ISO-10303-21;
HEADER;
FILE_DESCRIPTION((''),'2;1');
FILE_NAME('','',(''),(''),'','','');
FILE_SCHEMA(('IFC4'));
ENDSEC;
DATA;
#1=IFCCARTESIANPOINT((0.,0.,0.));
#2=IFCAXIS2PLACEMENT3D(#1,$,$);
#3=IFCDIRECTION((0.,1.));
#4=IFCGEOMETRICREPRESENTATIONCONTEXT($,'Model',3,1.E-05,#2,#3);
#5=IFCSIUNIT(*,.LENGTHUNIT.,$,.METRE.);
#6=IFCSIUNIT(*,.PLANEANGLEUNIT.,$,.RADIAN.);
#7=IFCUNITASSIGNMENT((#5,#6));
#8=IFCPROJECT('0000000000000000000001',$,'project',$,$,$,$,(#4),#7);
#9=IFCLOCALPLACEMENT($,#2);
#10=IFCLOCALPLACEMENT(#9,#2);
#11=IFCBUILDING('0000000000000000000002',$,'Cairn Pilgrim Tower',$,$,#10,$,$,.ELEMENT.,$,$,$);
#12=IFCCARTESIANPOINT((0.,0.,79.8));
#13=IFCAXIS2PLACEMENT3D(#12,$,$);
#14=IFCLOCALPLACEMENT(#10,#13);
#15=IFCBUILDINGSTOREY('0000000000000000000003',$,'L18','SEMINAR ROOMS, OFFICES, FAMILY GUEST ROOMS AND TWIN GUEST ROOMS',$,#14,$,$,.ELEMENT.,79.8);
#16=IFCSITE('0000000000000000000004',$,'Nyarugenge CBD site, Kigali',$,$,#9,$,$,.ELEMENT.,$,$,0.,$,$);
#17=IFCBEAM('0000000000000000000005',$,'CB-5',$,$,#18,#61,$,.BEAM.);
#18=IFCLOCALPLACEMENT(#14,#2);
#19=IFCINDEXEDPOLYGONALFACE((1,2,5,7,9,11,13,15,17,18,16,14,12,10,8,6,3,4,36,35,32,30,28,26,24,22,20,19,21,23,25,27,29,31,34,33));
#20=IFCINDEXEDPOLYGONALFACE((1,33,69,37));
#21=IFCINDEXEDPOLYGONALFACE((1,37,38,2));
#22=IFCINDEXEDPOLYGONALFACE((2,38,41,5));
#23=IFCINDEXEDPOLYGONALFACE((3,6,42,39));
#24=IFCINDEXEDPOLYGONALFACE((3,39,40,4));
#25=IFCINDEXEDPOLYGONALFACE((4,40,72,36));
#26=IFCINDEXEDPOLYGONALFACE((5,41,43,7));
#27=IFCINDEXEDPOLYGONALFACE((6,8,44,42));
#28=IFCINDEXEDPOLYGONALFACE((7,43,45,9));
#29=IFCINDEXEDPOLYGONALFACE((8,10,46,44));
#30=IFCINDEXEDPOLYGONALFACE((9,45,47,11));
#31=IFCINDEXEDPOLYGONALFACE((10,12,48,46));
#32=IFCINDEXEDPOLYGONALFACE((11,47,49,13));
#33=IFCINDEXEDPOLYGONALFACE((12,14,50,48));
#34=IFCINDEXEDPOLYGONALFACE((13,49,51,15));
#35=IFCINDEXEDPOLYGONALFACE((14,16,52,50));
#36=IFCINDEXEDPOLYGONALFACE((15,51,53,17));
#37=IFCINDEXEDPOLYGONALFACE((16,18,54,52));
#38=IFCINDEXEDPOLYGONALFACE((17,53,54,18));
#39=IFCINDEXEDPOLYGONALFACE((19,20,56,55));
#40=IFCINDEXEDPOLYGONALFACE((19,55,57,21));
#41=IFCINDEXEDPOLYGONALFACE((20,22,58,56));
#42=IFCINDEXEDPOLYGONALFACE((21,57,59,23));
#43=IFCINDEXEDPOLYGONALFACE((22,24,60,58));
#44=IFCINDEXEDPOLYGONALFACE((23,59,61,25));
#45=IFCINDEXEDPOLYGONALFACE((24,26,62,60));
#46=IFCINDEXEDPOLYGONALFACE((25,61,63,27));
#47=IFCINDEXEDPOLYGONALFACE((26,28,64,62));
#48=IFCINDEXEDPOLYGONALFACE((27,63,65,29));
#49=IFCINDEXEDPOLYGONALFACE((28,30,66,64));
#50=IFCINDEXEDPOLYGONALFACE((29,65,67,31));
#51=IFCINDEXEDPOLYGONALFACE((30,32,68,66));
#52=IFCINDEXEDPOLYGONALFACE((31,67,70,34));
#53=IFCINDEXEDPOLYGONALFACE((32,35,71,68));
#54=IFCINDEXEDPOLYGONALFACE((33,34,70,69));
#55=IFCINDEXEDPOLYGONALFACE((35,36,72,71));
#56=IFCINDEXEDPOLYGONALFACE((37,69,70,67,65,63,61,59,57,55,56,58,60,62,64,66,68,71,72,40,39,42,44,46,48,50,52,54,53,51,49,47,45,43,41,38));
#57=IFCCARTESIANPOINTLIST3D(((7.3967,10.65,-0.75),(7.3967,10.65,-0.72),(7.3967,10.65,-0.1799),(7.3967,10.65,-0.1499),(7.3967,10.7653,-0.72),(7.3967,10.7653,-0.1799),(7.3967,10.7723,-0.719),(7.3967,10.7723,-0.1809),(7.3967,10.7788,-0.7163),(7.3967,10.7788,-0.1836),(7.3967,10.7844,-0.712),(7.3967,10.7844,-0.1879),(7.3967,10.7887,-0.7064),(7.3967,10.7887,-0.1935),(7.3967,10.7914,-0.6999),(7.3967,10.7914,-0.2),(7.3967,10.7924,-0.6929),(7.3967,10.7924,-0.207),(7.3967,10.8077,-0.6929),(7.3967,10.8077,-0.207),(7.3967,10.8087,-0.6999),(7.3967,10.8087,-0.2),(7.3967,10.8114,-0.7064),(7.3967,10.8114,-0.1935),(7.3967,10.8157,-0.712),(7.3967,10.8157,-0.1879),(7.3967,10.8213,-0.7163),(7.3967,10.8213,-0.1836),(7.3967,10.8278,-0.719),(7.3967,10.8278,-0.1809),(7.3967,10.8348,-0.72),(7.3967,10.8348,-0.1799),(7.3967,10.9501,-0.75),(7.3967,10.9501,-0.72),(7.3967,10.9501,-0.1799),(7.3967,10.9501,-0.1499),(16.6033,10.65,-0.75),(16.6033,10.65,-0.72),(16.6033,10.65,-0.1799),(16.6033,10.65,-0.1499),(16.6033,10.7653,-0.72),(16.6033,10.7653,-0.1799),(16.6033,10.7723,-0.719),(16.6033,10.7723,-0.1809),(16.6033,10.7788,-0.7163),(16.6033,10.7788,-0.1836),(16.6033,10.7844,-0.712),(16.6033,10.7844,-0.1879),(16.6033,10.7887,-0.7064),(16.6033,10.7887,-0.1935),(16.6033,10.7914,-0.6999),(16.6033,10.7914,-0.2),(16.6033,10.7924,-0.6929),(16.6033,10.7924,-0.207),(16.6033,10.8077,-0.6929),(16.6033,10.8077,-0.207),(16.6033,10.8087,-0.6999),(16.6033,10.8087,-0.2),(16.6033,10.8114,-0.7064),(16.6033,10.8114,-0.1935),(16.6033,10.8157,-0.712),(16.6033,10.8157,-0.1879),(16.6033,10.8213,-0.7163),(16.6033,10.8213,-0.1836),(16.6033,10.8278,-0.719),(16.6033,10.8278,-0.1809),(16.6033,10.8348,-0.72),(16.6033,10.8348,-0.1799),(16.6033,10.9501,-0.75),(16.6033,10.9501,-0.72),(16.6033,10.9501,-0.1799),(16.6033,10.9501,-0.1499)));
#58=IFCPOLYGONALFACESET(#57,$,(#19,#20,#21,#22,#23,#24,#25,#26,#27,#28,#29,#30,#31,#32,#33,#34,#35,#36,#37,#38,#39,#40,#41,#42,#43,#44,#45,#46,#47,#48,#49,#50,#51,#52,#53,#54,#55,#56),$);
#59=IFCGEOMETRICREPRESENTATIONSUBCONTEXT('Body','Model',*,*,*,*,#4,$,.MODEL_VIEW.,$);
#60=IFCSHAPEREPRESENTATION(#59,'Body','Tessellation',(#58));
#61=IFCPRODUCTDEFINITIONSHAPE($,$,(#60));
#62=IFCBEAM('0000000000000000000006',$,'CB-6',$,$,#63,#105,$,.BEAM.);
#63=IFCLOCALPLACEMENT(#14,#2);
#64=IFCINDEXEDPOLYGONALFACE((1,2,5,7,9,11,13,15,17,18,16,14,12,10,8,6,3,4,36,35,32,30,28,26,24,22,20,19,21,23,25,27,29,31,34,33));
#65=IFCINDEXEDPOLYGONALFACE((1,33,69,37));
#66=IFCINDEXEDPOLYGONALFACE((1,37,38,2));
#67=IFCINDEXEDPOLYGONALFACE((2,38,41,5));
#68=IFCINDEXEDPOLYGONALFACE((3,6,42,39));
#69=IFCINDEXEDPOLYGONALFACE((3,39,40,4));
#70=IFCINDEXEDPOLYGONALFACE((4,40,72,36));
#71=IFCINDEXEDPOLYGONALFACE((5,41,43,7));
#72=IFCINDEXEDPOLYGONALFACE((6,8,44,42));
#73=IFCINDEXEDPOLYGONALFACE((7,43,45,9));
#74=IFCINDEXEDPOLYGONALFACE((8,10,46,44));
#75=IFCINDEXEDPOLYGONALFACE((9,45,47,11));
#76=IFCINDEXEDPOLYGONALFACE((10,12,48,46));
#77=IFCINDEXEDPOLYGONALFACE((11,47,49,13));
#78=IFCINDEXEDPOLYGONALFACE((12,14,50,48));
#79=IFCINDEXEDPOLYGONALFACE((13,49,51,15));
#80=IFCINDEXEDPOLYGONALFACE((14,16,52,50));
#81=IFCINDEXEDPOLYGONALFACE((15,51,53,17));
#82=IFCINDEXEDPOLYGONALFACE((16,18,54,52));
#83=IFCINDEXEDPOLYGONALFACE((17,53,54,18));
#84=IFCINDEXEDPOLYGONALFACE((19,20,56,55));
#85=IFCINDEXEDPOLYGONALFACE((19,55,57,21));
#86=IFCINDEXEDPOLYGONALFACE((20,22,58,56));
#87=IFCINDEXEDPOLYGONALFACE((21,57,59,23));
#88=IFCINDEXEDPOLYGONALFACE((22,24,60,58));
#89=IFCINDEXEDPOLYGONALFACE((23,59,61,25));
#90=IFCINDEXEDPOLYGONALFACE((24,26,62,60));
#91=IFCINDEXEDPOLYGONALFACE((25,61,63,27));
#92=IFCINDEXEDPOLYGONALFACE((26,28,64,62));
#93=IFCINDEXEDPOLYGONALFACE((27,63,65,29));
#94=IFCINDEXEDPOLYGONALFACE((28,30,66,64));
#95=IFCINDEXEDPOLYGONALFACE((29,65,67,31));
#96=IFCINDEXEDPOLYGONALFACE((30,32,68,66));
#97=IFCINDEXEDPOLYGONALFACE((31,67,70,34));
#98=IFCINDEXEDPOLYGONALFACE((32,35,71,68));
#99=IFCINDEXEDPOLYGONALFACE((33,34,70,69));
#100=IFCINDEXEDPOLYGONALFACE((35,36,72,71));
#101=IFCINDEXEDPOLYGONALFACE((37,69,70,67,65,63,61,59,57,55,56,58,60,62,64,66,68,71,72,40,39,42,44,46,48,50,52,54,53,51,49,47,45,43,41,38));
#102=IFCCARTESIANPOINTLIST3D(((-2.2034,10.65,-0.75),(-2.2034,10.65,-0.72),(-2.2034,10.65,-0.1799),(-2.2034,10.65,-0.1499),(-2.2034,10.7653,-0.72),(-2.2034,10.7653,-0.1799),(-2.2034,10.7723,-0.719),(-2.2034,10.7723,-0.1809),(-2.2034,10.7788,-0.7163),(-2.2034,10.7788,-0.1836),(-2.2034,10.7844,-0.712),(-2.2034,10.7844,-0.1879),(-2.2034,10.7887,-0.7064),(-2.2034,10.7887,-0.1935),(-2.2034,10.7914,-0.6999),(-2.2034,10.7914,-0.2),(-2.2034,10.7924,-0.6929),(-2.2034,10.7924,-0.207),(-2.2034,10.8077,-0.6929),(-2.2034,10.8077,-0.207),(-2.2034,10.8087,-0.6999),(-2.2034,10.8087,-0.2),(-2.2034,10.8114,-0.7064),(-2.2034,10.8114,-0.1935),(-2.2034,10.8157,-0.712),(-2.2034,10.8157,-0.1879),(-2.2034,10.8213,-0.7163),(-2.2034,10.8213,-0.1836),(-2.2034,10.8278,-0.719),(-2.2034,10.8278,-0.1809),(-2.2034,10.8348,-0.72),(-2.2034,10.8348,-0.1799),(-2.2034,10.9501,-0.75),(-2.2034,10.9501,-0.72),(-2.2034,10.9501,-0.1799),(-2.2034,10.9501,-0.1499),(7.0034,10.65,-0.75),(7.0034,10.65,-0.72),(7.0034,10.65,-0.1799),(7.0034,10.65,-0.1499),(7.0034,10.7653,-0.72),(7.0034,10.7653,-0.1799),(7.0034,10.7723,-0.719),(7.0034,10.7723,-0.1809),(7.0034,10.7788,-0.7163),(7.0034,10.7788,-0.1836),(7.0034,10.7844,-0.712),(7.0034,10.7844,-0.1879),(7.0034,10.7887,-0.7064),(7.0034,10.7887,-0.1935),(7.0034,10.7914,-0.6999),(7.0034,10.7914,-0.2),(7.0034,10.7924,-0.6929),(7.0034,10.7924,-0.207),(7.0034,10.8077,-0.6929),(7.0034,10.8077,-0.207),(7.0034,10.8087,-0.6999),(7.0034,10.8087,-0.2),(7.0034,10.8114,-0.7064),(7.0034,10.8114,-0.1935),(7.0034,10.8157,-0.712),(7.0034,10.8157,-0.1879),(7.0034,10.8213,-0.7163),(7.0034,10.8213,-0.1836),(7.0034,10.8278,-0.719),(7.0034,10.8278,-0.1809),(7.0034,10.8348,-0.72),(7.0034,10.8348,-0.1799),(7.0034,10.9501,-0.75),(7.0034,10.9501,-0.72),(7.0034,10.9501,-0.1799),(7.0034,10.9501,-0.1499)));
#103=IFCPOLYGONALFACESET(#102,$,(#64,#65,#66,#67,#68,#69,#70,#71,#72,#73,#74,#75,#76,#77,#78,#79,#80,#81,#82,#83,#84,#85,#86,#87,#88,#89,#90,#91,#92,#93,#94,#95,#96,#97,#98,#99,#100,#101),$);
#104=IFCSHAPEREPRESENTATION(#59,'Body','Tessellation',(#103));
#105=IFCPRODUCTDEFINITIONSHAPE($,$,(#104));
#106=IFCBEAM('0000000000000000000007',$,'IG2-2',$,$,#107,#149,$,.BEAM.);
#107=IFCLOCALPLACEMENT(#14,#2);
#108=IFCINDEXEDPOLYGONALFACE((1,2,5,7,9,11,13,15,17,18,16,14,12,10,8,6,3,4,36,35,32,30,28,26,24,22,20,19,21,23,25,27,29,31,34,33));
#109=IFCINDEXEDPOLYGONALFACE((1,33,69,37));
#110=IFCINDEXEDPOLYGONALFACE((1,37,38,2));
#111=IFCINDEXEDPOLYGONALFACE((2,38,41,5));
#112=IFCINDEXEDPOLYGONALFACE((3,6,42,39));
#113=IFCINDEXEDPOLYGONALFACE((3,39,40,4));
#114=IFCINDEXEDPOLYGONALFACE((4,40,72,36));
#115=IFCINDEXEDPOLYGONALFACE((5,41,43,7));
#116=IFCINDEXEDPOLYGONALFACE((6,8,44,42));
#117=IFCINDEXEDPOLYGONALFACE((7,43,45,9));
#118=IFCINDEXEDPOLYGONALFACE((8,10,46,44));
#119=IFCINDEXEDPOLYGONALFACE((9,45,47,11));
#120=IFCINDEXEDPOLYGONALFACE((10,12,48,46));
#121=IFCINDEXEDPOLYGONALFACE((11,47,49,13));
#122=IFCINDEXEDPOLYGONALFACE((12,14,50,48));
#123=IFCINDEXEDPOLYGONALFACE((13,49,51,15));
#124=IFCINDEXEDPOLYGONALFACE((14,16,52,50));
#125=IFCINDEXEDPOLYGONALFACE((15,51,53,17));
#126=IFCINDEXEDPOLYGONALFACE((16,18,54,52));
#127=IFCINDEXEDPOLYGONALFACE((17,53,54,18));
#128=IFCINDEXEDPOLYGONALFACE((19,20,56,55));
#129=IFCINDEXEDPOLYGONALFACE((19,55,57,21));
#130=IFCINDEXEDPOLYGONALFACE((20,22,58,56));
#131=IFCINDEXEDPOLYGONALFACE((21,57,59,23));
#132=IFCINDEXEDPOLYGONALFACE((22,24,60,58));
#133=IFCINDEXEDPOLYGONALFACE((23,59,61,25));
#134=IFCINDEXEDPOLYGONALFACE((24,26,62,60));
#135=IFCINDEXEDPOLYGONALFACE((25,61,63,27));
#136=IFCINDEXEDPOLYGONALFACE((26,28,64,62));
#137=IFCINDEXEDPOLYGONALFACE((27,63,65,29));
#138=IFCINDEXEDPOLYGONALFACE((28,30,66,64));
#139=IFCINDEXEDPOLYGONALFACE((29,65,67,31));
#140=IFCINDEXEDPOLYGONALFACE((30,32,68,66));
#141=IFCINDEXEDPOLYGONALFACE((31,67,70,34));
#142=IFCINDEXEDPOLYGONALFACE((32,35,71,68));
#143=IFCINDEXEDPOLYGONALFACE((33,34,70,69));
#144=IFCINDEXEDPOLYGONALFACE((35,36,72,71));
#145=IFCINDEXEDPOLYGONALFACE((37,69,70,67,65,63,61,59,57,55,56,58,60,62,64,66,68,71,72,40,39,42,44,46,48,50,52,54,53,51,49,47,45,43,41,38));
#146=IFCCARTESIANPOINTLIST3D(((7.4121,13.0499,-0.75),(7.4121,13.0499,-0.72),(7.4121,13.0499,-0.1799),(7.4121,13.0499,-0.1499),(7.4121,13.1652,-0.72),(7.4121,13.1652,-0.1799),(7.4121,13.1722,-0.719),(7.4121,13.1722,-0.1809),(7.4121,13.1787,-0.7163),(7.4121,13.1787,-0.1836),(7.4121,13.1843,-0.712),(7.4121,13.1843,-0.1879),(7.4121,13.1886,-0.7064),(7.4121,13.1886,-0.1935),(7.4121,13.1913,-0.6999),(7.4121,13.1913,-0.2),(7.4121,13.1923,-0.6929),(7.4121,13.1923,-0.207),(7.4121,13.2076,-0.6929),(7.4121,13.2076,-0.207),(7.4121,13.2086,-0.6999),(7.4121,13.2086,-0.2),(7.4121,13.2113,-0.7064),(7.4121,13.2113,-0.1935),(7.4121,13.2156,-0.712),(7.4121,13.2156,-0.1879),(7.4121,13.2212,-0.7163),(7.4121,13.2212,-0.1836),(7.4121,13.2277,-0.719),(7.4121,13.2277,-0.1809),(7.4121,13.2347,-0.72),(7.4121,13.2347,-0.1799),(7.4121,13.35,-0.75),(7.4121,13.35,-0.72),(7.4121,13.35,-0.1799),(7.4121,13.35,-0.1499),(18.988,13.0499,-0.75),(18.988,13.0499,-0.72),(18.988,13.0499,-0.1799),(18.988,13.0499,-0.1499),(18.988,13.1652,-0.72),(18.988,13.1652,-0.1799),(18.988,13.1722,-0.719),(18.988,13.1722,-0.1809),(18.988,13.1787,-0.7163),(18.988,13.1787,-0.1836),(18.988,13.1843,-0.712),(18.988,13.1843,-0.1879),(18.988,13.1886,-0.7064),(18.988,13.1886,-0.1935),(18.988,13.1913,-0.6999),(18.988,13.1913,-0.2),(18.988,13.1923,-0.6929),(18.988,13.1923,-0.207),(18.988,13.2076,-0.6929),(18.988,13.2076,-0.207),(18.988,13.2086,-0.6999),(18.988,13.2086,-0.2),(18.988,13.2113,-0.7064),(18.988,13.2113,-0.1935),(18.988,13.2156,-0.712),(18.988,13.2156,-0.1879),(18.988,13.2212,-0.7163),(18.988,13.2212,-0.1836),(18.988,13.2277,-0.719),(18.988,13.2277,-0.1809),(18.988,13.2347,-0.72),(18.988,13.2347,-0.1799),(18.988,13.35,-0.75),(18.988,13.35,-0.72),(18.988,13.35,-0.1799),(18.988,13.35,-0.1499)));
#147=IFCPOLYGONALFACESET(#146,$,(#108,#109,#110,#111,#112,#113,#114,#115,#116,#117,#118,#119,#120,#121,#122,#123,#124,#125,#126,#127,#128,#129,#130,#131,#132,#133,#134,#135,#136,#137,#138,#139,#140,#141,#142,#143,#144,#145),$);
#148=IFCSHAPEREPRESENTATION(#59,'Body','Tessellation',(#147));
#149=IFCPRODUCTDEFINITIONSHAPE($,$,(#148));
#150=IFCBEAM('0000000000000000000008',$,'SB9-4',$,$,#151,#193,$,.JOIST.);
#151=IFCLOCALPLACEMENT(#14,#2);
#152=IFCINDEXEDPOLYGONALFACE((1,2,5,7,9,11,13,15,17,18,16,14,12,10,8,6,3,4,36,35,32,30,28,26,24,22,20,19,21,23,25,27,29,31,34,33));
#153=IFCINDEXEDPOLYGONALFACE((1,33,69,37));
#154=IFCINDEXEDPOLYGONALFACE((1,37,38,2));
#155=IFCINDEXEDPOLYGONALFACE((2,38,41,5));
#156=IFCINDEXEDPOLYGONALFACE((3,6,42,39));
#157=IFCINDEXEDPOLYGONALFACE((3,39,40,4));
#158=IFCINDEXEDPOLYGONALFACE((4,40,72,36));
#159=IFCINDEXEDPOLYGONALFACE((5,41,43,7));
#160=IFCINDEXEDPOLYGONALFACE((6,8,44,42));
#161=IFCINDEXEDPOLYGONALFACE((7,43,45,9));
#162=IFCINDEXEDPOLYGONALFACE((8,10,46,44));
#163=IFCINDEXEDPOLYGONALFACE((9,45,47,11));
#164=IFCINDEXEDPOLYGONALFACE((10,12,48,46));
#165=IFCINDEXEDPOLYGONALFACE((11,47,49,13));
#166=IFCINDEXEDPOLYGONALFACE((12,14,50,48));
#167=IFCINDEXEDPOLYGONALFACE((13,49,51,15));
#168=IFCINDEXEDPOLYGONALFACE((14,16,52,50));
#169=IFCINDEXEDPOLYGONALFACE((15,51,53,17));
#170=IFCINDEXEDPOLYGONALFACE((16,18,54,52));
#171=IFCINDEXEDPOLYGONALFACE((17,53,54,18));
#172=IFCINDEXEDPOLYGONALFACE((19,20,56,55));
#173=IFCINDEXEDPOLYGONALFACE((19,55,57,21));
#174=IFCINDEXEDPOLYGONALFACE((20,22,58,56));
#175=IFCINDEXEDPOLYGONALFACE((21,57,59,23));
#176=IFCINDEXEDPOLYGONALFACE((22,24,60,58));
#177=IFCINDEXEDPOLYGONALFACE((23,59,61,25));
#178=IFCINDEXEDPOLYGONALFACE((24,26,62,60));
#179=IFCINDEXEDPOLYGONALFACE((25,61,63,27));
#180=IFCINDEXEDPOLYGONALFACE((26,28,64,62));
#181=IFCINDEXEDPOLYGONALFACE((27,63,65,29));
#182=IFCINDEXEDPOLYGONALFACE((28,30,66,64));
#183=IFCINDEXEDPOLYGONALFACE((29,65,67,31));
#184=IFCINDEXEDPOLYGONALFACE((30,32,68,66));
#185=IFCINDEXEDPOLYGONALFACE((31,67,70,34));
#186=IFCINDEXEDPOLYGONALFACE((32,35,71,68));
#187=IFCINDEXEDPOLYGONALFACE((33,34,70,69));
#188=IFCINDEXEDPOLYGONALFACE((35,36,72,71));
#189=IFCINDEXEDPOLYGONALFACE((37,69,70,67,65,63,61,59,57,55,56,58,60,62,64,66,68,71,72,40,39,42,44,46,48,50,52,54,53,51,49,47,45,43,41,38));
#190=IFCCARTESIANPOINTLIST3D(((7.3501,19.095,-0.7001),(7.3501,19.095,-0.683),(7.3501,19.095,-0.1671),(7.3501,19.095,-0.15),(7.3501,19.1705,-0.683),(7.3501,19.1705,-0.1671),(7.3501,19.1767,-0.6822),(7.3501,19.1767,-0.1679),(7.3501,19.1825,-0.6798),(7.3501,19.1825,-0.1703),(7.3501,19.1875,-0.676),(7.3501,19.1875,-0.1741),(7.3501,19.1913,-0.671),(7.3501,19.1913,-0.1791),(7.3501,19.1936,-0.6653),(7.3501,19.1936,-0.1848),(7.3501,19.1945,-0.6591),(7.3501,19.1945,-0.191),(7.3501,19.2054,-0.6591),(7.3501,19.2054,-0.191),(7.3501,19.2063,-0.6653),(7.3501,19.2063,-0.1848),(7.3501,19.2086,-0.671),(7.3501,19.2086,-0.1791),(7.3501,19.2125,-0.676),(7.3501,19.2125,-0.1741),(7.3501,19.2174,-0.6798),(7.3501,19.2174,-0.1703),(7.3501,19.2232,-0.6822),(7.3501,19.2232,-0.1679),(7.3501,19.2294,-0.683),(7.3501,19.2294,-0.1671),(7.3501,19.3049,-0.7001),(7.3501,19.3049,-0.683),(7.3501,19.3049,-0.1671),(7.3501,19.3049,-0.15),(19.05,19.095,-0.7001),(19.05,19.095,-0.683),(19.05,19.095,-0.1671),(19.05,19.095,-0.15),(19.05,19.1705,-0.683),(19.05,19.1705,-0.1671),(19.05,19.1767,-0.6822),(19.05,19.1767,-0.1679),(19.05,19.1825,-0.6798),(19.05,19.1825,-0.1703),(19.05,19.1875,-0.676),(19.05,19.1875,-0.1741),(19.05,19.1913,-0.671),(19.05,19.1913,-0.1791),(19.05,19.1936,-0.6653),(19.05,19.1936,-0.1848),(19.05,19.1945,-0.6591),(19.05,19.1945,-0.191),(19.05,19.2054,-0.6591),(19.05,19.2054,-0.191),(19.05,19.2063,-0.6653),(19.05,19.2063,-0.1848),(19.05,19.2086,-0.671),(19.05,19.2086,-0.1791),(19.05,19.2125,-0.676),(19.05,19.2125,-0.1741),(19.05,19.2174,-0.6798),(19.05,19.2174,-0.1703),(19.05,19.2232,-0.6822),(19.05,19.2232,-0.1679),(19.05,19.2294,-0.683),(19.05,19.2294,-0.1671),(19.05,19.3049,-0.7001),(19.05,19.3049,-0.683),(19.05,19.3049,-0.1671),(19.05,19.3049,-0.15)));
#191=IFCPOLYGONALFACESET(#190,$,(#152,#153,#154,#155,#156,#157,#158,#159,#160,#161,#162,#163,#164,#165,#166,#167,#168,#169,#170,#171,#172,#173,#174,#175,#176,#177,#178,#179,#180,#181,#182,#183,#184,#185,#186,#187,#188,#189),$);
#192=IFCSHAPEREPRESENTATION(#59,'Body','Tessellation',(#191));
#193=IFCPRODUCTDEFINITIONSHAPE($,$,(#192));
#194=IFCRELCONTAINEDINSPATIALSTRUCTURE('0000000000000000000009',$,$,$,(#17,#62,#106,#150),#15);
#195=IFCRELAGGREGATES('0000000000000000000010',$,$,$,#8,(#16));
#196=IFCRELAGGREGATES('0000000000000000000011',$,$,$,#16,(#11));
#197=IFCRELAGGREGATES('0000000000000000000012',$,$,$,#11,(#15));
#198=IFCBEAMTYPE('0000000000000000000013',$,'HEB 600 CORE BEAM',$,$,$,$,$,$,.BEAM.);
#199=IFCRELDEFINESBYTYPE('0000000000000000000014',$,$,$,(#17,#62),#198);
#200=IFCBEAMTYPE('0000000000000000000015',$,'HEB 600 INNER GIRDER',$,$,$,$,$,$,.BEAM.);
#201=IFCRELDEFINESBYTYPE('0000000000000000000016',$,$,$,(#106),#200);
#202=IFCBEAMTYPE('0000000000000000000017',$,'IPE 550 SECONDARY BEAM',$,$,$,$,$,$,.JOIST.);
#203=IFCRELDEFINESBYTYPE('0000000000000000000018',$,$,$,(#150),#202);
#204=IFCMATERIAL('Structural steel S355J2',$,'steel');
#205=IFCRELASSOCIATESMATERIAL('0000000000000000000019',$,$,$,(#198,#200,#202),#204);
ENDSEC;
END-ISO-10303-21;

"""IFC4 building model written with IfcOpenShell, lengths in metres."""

from ifc_helpers import new_model, si_unit, direction, frame, origin, origin_2d, place, context, subcontext, project, spatial, i_section, extrude, material, material_profile, profile_set, type_object, element, save


model = new_model("IFC4")

# Units and contexts
model_context = context("Model", 3, precision=1e-05, world=origin(), true_north=direction((0.0, 1.0)))
body_context = subcontext(model_context, "Body", "Model", "MODEL_VIEW")
ifc_project = project(units=[si_unit("LENGTHUNIT", "METRE"), si_unit("PLANEANGLEUNIT", "RADIAN")], contexts=[model_context])

# Site, building, storey
site_placement = place(None, origin())
site = spatial("IfcSite", under=ifc_project, at=site_placement, Name="Nyarugenge CBD site, Kigali", CompositionType="ELEMENT", RefElevation=0.0)
building_placement = place(site_placement, origin())
building = spatial("IfcBuilding", under=site, at=building_placement, Name="Cairn Pilgrim Tower", CompositionType="ELEMENT")
storey_placement = place(building_placement, frame((0.0, 0.0, 79.8)))
storey = spatial("IfcBuildingStorey", under=building, at=storey_placement, Name="L18", Description="SEMINAR ROOMS, OFFICES, FAMILY GUEST ROOMS AND TWIN GUEST ROOMS", CompositionType="ELEMENT", Elevation=79.8)

# Beams
ifc_material_1 = material(Name="Structural steel S355J2", Category="steel")
ifc_material_profile_1 = material_profile(ifc_material_1, i_section(OverallWidth=0.3, OverallDepth=0.6001, WebThickness=0.0154, FlangeThickness=0.03, FilletRadius=0.0271, at=origin_2d()), Name="HEB 600")
ifc_profile_set_1 = profile_set([ifc_material_profile_1], Name="Structural steel S355J2")
beam_type_1 = type_object("IfcBeamType", Name="HEB 600 CORE BEAM", PredefinedType="BEAM", material=ifc_profile_set_1)
beam_1_placement = place(storey_placement, frame((16.6033, 10.8, -0.45), z_axis=(-1.0, 0.0, 0.0), x_axis=(0.0, -1.0, 0.0)))
element("IfcBeam", 1, at=beam_1_placement, inside=storey, type_object=beam_type_1, Name="CB-5", PredefinedType="BEAM", context=body_context, shape_type="SweptSolid", body=[
    extrude(i_section(OverallWidth=0.3, OverallDepth=0.6001, WebThickness=0.0154, FlangeThickness=0.03, FilletRadius=0.0271, at=origin_2d()), origin(), (0.0, 0.0, 1.0), 9.2065),
])
beam_2_placement = place(storey_placement, frame((7.0034, 10.8, -0.45), z_axis=(-1.0, 0.0, 0.0), x_axis=(0.0, -1.0, 0.0)))
element("IfcBeam", 2, at=beam_2_placement, inside=storey, type_object=beam_type_1, Name="CB-6", PredefinedType="BEAM", context=body_context, shape_type="SweptSolid", body=[
    extrude(i_section(OverallWidth=0.3, OverallDepth=0.6001, WebThickness=0.0154, FlangeThickness=0.03, FilletRadius=0.0271, at=origin_2d()), origin(), (0.0, 0.0, 1.0), 9.2068),
])
ifc_material_profile_2 = material_profile(ifc_material_1, i_section(OverallWidth=0.3, OverallDepth=0.6001, WebThickness=0.0154, FlangeThickness=0.03, FilletRadius=0.0271, at=origin_2d()), Name="HEB 600")
ifc_profile_set_2 = profile_set([ifc_material_profile_2], Name="Structural steel S355J2")
beam_type_2 = type_object("IfcBeamType", Name="HEB 600 INNER GIRDER", PredefinedType="BEAM", material=ifc_profile_set_2)
beam_3_placement = place(storey_placement, frame((7.4121, 13.2, -0.45), z_axis=(1.0, 0.0, 0.0), x_axis=(0.0, 1.0, 0.0)))
element("IfcBeam", 3, at=beam_3_placement, inside=storey, type_object=beam_type_2, Name="IG2-2", PredefinedType="BEAM", context=body_context, shape_type="SweptSolid", body=[
    extrude(i_section(OverallWidth=0.3, OverallDepth=0.6001, WebThickness=0.0154, FlangeThickness=0.03, FilletRadius=0.0271, at=origin_2d()), origin(), (0.0, 0.0, 1.0), 11.5759),
])
ifc_material_profile_3 = material_profile(ifc_material_1, i_section(OverallWidth=0.21, OverallDepth=0.55, WebThickness=0.011, FlangeThickness=0.0171, FilletRadius=0.0239, at=origin_2d()), Name="IPE 550")
ifc_profile_set_3 = profile_set([ifc_material_profile_3], Name="Structural steel S355J2")
beam_type_3 = type_object("IfcBeamType", Name="IPE 550 SECONDARY BEAM", PredefinedType="JOIST", material=ifc_profile_set_3)
beam_4_placement = place(storey_placement, frame((7.3501, 19.2, -0.425), z_axis=(1.0, 0.0, 0.0), x_axis=(0.0, 1.0, 0.0)))
element("IfcBeam", 4, at=beam_4_placement, inside=storey, type_object=beam_type_3, Name="SB9-4", PredefinedType="JOIST", context=body_context, shape_type="SweptSolid", body=[
    extrude(i_section(OverallWidth=0.21, OverallDepth=0.55, WebThickness=0.011, FlangeThickness=0.0171, FilletRadius=0.0239, at=origin_2d()), origin(), (0.0, 0.0, 1.0), 11.7),
])

save(model, "model.ifc")
